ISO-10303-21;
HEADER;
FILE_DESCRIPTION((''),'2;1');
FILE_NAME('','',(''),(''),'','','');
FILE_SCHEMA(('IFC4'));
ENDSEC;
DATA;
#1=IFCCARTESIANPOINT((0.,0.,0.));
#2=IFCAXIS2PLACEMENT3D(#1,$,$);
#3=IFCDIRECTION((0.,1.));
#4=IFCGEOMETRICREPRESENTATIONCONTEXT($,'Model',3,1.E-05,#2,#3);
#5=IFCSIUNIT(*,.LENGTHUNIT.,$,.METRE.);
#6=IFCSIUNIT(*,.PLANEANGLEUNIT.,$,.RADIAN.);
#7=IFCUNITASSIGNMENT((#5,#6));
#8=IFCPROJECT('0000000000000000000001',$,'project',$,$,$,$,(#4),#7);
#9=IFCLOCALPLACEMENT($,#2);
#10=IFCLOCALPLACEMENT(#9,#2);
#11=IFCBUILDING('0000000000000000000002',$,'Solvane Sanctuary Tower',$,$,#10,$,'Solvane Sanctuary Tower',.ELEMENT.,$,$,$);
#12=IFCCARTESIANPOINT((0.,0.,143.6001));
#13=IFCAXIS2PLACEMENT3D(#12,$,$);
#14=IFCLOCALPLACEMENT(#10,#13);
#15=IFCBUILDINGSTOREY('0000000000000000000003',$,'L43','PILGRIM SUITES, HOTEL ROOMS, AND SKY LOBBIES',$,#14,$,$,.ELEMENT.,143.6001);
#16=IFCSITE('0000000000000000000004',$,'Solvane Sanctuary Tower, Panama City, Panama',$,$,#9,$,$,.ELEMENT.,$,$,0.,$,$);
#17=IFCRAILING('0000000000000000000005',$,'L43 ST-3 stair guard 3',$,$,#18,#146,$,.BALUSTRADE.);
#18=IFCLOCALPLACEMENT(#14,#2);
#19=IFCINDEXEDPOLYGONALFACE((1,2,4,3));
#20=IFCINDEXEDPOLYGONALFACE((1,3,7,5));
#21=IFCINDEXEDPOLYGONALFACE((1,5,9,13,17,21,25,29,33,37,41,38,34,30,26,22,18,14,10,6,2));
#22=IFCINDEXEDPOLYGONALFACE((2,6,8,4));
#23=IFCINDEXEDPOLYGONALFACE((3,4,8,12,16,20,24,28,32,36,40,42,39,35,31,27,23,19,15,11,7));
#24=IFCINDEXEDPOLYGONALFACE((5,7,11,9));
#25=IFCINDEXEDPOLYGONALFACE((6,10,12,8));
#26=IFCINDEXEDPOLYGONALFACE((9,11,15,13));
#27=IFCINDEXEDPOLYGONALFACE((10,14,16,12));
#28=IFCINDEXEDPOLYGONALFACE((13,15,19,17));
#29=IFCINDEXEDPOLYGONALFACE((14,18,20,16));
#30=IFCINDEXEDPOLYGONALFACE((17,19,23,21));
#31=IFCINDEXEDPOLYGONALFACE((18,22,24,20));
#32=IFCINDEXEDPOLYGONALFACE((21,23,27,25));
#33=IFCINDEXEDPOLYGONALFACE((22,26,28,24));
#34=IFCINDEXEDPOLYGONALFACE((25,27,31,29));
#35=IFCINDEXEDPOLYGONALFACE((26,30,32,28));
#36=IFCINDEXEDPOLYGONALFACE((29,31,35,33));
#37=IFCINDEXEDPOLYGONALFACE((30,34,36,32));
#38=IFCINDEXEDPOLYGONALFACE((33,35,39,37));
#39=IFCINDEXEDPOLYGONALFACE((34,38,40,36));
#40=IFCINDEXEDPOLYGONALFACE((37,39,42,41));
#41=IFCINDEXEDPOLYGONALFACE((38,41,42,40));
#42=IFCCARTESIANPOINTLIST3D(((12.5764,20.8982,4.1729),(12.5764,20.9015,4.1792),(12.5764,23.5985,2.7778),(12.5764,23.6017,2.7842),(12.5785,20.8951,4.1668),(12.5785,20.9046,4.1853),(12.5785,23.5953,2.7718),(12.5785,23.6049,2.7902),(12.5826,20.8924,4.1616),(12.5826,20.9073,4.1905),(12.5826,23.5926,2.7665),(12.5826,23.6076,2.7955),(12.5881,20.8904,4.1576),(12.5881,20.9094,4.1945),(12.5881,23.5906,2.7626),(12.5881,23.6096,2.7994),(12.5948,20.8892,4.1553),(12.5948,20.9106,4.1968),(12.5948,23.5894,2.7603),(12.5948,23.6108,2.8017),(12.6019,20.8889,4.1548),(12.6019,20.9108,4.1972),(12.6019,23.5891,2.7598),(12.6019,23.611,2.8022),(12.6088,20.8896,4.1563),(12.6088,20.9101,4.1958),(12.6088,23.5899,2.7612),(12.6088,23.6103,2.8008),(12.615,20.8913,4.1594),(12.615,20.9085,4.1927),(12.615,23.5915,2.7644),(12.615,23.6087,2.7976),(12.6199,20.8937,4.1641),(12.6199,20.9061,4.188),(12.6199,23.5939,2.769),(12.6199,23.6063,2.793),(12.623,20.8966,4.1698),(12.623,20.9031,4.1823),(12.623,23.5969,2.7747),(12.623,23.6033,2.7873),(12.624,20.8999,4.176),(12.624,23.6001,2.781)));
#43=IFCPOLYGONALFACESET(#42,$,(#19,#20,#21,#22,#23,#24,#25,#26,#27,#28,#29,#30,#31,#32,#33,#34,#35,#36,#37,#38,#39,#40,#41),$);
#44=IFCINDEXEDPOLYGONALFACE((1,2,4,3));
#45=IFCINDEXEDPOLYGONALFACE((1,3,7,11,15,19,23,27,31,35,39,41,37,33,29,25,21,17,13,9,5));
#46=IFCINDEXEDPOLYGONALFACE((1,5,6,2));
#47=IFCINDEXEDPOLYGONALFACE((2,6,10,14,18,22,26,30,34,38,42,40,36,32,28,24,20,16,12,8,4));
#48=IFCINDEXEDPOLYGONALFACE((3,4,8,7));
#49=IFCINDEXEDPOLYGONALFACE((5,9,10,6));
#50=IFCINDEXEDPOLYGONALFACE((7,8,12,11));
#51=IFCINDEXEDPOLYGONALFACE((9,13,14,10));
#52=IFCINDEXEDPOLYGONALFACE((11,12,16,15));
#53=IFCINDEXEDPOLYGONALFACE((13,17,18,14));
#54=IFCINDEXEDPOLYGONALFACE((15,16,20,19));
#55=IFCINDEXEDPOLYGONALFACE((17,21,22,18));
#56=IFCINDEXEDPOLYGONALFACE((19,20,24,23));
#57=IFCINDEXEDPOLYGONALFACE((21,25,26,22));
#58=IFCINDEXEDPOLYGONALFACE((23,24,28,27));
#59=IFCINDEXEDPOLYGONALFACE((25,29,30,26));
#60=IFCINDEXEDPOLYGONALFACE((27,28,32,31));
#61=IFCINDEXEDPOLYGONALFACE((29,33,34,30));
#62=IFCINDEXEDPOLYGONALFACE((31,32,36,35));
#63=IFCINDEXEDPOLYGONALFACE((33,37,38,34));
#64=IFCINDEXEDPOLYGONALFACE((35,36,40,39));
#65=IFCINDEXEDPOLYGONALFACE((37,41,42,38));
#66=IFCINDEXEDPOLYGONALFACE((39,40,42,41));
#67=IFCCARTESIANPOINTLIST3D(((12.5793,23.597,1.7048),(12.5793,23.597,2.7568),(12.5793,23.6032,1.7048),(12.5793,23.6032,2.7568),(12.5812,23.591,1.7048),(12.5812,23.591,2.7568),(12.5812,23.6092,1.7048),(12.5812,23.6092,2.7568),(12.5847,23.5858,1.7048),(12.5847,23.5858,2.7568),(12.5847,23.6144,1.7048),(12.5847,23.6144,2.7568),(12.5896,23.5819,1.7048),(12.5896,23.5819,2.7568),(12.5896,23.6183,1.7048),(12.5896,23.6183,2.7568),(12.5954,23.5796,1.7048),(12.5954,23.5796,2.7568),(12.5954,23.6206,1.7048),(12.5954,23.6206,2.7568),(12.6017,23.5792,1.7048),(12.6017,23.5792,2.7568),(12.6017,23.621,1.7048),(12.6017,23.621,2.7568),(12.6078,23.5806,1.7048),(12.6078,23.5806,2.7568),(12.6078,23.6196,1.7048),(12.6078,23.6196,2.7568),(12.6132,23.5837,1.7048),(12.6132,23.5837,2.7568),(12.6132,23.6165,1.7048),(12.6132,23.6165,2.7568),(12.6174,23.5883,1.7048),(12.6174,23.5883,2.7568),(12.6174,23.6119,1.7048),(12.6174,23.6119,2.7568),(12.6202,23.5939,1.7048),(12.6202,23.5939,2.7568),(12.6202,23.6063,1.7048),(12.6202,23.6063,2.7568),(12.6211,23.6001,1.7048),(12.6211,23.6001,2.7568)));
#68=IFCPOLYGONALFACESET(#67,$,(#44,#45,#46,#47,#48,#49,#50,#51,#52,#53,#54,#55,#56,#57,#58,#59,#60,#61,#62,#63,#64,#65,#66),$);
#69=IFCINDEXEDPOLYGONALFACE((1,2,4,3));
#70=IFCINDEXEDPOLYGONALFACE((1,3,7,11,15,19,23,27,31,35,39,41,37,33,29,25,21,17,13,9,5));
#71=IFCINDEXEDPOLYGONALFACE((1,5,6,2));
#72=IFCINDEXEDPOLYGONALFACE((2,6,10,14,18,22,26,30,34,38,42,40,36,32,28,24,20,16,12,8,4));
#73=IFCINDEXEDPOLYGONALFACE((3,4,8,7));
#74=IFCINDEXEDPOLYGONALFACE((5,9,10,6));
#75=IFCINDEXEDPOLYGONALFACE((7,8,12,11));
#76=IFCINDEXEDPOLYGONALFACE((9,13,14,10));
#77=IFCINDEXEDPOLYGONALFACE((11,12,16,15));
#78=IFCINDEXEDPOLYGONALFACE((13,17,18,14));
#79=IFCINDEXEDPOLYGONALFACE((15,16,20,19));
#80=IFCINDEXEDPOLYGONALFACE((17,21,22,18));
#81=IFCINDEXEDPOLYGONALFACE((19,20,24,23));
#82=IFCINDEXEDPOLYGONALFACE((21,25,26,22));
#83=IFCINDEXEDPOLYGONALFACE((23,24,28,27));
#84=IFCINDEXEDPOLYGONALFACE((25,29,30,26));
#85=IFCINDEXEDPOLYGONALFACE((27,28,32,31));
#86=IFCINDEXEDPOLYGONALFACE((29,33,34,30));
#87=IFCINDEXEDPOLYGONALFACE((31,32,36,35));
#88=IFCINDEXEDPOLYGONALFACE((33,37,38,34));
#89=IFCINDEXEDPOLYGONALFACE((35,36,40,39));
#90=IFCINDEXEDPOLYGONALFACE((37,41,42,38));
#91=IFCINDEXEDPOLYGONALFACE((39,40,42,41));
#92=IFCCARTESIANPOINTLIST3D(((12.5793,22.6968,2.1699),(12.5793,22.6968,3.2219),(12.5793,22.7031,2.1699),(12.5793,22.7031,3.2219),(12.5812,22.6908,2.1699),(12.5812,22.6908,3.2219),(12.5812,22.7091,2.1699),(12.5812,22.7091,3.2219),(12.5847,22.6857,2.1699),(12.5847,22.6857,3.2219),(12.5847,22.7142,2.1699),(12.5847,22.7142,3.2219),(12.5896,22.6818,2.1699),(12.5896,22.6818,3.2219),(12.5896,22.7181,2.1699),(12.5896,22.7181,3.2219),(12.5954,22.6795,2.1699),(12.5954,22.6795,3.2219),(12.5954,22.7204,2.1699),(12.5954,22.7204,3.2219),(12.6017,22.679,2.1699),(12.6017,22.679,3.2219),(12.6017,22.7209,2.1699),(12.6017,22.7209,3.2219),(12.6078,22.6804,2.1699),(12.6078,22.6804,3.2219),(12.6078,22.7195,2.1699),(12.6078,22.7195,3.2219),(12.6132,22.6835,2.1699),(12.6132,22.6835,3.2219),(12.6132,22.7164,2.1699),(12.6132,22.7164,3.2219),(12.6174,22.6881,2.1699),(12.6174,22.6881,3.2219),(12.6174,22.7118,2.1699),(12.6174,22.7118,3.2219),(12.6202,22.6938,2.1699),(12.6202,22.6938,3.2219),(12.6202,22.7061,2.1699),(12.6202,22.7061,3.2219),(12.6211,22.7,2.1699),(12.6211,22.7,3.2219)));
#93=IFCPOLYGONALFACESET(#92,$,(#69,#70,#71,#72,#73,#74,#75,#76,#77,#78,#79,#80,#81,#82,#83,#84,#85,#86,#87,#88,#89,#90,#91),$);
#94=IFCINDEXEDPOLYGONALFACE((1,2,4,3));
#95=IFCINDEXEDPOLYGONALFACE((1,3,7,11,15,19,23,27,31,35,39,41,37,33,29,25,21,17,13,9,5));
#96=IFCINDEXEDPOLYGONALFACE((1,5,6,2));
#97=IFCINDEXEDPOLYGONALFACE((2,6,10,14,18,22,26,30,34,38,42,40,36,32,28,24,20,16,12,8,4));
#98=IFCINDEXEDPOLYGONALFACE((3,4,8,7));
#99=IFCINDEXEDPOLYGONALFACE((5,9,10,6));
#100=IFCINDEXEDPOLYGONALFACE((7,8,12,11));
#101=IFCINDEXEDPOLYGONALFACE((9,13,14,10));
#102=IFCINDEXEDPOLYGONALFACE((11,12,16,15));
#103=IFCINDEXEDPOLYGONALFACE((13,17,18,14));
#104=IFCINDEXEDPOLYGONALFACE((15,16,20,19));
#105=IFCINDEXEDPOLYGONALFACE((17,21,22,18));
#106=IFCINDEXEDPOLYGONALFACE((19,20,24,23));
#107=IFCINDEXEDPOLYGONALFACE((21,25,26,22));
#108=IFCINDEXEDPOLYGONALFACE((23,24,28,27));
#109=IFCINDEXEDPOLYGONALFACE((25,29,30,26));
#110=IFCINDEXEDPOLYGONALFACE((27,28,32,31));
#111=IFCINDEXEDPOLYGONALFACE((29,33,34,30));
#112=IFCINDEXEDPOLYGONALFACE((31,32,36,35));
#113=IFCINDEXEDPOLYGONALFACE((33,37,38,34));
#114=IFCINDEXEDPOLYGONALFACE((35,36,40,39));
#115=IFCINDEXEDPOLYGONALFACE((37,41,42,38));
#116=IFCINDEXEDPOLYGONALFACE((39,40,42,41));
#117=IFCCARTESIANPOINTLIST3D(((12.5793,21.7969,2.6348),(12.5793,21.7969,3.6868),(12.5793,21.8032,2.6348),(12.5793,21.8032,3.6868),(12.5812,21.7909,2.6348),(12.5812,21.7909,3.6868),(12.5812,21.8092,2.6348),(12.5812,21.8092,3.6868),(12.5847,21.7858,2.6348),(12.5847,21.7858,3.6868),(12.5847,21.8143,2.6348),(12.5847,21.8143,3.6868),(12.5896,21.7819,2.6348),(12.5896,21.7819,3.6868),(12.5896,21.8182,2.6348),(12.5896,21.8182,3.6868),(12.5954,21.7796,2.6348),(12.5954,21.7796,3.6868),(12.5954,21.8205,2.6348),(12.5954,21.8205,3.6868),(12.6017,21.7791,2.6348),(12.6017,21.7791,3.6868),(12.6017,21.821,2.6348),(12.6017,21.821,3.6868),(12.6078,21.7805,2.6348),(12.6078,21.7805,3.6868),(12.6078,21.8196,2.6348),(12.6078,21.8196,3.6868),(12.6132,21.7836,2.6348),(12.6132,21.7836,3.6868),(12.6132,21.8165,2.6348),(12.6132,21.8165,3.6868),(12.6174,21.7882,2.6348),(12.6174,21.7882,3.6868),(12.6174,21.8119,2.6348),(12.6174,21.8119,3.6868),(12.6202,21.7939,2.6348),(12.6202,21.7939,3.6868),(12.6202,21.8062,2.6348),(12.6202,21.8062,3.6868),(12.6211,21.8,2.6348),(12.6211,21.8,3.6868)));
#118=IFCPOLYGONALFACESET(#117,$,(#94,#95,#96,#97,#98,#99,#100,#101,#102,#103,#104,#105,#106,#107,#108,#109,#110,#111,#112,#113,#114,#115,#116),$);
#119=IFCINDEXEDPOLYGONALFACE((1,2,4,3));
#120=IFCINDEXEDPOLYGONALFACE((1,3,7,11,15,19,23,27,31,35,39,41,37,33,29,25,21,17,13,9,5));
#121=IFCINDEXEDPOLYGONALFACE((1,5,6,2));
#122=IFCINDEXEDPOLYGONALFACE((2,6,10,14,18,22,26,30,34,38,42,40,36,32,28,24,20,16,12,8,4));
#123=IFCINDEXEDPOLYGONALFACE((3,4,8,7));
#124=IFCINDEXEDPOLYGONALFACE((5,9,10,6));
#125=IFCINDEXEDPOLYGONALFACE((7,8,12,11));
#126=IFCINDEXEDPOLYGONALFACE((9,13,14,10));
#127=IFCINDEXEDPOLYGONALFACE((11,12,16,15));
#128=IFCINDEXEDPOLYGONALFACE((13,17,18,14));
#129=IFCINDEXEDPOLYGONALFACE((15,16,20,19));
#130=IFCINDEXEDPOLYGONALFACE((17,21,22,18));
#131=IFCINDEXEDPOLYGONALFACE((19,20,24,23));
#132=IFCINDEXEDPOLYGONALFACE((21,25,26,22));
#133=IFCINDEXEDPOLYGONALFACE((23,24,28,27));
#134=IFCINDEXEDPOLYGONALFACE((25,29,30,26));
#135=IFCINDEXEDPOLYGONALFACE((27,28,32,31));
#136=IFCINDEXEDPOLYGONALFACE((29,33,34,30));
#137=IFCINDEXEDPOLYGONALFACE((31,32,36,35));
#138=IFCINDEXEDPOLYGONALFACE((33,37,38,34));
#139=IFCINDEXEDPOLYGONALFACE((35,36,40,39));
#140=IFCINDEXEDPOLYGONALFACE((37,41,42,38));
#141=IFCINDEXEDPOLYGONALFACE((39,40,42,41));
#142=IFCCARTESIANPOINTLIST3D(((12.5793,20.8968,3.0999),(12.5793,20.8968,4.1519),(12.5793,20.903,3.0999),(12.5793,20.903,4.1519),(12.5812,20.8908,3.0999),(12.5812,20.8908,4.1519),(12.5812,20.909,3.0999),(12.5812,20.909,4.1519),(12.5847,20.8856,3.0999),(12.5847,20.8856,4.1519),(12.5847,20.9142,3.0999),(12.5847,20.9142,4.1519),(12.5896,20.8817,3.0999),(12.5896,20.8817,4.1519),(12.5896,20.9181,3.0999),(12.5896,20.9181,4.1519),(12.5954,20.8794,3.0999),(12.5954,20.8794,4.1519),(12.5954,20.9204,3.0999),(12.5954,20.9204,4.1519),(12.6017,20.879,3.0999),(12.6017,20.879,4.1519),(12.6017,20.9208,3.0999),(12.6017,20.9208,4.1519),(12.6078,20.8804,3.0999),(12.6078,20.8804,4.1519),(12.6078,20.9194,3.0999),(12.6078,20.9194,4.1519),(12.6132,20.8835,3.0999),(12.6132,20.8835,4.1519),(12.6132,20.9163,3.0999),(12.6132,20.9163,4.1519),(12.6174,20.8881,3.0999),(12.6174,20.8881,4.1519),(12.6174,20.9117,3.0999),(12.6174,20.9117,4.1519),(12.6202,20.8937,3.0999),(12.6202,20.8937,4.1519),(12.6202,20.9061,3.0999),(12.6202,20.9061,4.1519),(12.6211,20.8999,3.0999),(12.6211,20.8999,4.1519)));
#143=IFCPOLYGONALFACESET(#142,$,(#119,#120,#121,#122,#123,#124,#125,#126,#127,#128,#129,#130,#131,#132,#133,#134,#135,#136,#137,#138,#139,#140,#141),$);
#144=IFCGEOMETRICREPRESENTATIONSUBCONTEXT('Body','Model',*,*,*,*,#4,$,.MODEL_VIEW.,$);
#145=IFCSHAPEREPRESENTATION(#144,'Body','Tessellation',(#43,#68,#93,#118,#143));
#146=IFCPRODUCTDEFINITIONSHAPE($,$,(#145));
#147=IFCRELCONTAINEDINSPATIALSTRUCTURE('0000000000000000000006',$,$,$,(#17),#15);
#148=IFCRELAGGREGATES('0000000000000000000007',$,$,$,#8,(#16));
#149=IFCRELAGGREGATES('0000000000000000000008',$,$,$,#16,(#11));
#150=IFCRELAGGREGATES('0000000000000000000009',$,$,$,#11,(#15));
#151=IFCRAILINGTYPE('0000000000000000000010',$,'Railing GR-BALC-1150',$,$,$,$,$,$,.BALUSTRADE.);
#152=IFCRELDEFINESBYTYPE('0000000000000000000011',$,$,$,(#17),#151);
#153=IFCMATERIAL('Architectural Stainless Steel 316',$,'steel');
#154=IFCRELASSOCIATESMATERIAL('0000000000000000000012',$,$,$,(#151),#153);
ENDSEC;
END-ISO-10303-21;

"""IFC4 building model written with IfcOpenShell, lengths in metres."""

from ifc_helpers import new_model, si_unit, direction, frame, origin, origin_2d, place, context, subcontext, project, spatial, circle, extrude, material, type_object, element, save


model = new_model("IFC4")

# Units and contexts
model_context = context("Model", 3, precision=1e-05, world=origin(), true_north=direction((0.0, 1.0)))
body_context = subcontext(model_context, "Body", "Model", "MODEL_VIEW")
ifc_project = project(units=[si_unit("LENGTHUNIT", "METRE"), si_unit("PLANEANGLEUNIT", "RADIAN")], contexts=[model_context])

# Site, building, storey
site_placement = place(None, origin())
site = spatial("IfcSite", under=ifc_project, at=site_placement, Name="Solvane Sanctuary Tower, Panama City, Panama", CompositionType="ELEMENT", RefElevation=0.0)
building_placement = place(site_placement, origin())
building = spatial("IfcBuilding", under=site, at=building_placement, Name="Solvane Sanctuary Tower", LongName="Solvane Sanctuary Tower", CompositionType="ELEMENT")
storey_placement = place(building_placement, frame((0.0, 0.0, 143.6001)))
storey = spatial("IfcBuildingStorey", under=building, at=storey_placement, Name="L43", Description="PILGRIM SUITES, HOTEL ROOMS, AND SKY LOBBIES", CompositionType="ELEMENT", Elevation=143.6001)

# Railing
ifc_material_1 = material(Name="Architectural Stainless Steel 316", Category="steel")
railing_type_1 = type_object("IfcRailingType", Name="Railing GR-BALC-1150", PredefinedType="BALUSTRADE", material=ifc_material_1)
railing_1_placement = place(storey_placement, frame((12.6001, 23.6001, 1.7048)))
element("IfcRailing", 1, at=railing_1_placement, inside=storey, type_object=railing_type_1, Name="L43 ST-3 stair guard 3", PredefinedType="BALUSTRADE", context=body_context, shape_type="SweptSolid", body=[
    extrude(circle(Radius=0.0239, at=origin_2d()), frame((0.0, 0.0, 1.0762), z_axis=(0.0, -0.888437, 0.458999), x_axis=(1.0, 0.0, 0.0)), (0.0, 0.0, 1.0), 3.0393),
    extrude(circle(Radius=0.021, at=origin_2d()), origin(), (0.0, 0.0, 1.0), 1.052),
    extrude(circle(Radius=0.021, at=origin_2d()), frame((0.0, -0.9001, 0.4651)), (0.0, 0.0, 1.0), 1.052),
    extrude(circle(Radius=0.021, at=origin_2d()), frame((0.0, -1.8, 0.9299)), (0.0, 0.0, 1.0), 1.052),
    extrude(circle(Radius=0.021, at=origin_2d()), frame((0.0, -2.7002, 1.395)), (0.0, 0.0, 1.0), 1.052),
])

save(model, "model.ifc")
